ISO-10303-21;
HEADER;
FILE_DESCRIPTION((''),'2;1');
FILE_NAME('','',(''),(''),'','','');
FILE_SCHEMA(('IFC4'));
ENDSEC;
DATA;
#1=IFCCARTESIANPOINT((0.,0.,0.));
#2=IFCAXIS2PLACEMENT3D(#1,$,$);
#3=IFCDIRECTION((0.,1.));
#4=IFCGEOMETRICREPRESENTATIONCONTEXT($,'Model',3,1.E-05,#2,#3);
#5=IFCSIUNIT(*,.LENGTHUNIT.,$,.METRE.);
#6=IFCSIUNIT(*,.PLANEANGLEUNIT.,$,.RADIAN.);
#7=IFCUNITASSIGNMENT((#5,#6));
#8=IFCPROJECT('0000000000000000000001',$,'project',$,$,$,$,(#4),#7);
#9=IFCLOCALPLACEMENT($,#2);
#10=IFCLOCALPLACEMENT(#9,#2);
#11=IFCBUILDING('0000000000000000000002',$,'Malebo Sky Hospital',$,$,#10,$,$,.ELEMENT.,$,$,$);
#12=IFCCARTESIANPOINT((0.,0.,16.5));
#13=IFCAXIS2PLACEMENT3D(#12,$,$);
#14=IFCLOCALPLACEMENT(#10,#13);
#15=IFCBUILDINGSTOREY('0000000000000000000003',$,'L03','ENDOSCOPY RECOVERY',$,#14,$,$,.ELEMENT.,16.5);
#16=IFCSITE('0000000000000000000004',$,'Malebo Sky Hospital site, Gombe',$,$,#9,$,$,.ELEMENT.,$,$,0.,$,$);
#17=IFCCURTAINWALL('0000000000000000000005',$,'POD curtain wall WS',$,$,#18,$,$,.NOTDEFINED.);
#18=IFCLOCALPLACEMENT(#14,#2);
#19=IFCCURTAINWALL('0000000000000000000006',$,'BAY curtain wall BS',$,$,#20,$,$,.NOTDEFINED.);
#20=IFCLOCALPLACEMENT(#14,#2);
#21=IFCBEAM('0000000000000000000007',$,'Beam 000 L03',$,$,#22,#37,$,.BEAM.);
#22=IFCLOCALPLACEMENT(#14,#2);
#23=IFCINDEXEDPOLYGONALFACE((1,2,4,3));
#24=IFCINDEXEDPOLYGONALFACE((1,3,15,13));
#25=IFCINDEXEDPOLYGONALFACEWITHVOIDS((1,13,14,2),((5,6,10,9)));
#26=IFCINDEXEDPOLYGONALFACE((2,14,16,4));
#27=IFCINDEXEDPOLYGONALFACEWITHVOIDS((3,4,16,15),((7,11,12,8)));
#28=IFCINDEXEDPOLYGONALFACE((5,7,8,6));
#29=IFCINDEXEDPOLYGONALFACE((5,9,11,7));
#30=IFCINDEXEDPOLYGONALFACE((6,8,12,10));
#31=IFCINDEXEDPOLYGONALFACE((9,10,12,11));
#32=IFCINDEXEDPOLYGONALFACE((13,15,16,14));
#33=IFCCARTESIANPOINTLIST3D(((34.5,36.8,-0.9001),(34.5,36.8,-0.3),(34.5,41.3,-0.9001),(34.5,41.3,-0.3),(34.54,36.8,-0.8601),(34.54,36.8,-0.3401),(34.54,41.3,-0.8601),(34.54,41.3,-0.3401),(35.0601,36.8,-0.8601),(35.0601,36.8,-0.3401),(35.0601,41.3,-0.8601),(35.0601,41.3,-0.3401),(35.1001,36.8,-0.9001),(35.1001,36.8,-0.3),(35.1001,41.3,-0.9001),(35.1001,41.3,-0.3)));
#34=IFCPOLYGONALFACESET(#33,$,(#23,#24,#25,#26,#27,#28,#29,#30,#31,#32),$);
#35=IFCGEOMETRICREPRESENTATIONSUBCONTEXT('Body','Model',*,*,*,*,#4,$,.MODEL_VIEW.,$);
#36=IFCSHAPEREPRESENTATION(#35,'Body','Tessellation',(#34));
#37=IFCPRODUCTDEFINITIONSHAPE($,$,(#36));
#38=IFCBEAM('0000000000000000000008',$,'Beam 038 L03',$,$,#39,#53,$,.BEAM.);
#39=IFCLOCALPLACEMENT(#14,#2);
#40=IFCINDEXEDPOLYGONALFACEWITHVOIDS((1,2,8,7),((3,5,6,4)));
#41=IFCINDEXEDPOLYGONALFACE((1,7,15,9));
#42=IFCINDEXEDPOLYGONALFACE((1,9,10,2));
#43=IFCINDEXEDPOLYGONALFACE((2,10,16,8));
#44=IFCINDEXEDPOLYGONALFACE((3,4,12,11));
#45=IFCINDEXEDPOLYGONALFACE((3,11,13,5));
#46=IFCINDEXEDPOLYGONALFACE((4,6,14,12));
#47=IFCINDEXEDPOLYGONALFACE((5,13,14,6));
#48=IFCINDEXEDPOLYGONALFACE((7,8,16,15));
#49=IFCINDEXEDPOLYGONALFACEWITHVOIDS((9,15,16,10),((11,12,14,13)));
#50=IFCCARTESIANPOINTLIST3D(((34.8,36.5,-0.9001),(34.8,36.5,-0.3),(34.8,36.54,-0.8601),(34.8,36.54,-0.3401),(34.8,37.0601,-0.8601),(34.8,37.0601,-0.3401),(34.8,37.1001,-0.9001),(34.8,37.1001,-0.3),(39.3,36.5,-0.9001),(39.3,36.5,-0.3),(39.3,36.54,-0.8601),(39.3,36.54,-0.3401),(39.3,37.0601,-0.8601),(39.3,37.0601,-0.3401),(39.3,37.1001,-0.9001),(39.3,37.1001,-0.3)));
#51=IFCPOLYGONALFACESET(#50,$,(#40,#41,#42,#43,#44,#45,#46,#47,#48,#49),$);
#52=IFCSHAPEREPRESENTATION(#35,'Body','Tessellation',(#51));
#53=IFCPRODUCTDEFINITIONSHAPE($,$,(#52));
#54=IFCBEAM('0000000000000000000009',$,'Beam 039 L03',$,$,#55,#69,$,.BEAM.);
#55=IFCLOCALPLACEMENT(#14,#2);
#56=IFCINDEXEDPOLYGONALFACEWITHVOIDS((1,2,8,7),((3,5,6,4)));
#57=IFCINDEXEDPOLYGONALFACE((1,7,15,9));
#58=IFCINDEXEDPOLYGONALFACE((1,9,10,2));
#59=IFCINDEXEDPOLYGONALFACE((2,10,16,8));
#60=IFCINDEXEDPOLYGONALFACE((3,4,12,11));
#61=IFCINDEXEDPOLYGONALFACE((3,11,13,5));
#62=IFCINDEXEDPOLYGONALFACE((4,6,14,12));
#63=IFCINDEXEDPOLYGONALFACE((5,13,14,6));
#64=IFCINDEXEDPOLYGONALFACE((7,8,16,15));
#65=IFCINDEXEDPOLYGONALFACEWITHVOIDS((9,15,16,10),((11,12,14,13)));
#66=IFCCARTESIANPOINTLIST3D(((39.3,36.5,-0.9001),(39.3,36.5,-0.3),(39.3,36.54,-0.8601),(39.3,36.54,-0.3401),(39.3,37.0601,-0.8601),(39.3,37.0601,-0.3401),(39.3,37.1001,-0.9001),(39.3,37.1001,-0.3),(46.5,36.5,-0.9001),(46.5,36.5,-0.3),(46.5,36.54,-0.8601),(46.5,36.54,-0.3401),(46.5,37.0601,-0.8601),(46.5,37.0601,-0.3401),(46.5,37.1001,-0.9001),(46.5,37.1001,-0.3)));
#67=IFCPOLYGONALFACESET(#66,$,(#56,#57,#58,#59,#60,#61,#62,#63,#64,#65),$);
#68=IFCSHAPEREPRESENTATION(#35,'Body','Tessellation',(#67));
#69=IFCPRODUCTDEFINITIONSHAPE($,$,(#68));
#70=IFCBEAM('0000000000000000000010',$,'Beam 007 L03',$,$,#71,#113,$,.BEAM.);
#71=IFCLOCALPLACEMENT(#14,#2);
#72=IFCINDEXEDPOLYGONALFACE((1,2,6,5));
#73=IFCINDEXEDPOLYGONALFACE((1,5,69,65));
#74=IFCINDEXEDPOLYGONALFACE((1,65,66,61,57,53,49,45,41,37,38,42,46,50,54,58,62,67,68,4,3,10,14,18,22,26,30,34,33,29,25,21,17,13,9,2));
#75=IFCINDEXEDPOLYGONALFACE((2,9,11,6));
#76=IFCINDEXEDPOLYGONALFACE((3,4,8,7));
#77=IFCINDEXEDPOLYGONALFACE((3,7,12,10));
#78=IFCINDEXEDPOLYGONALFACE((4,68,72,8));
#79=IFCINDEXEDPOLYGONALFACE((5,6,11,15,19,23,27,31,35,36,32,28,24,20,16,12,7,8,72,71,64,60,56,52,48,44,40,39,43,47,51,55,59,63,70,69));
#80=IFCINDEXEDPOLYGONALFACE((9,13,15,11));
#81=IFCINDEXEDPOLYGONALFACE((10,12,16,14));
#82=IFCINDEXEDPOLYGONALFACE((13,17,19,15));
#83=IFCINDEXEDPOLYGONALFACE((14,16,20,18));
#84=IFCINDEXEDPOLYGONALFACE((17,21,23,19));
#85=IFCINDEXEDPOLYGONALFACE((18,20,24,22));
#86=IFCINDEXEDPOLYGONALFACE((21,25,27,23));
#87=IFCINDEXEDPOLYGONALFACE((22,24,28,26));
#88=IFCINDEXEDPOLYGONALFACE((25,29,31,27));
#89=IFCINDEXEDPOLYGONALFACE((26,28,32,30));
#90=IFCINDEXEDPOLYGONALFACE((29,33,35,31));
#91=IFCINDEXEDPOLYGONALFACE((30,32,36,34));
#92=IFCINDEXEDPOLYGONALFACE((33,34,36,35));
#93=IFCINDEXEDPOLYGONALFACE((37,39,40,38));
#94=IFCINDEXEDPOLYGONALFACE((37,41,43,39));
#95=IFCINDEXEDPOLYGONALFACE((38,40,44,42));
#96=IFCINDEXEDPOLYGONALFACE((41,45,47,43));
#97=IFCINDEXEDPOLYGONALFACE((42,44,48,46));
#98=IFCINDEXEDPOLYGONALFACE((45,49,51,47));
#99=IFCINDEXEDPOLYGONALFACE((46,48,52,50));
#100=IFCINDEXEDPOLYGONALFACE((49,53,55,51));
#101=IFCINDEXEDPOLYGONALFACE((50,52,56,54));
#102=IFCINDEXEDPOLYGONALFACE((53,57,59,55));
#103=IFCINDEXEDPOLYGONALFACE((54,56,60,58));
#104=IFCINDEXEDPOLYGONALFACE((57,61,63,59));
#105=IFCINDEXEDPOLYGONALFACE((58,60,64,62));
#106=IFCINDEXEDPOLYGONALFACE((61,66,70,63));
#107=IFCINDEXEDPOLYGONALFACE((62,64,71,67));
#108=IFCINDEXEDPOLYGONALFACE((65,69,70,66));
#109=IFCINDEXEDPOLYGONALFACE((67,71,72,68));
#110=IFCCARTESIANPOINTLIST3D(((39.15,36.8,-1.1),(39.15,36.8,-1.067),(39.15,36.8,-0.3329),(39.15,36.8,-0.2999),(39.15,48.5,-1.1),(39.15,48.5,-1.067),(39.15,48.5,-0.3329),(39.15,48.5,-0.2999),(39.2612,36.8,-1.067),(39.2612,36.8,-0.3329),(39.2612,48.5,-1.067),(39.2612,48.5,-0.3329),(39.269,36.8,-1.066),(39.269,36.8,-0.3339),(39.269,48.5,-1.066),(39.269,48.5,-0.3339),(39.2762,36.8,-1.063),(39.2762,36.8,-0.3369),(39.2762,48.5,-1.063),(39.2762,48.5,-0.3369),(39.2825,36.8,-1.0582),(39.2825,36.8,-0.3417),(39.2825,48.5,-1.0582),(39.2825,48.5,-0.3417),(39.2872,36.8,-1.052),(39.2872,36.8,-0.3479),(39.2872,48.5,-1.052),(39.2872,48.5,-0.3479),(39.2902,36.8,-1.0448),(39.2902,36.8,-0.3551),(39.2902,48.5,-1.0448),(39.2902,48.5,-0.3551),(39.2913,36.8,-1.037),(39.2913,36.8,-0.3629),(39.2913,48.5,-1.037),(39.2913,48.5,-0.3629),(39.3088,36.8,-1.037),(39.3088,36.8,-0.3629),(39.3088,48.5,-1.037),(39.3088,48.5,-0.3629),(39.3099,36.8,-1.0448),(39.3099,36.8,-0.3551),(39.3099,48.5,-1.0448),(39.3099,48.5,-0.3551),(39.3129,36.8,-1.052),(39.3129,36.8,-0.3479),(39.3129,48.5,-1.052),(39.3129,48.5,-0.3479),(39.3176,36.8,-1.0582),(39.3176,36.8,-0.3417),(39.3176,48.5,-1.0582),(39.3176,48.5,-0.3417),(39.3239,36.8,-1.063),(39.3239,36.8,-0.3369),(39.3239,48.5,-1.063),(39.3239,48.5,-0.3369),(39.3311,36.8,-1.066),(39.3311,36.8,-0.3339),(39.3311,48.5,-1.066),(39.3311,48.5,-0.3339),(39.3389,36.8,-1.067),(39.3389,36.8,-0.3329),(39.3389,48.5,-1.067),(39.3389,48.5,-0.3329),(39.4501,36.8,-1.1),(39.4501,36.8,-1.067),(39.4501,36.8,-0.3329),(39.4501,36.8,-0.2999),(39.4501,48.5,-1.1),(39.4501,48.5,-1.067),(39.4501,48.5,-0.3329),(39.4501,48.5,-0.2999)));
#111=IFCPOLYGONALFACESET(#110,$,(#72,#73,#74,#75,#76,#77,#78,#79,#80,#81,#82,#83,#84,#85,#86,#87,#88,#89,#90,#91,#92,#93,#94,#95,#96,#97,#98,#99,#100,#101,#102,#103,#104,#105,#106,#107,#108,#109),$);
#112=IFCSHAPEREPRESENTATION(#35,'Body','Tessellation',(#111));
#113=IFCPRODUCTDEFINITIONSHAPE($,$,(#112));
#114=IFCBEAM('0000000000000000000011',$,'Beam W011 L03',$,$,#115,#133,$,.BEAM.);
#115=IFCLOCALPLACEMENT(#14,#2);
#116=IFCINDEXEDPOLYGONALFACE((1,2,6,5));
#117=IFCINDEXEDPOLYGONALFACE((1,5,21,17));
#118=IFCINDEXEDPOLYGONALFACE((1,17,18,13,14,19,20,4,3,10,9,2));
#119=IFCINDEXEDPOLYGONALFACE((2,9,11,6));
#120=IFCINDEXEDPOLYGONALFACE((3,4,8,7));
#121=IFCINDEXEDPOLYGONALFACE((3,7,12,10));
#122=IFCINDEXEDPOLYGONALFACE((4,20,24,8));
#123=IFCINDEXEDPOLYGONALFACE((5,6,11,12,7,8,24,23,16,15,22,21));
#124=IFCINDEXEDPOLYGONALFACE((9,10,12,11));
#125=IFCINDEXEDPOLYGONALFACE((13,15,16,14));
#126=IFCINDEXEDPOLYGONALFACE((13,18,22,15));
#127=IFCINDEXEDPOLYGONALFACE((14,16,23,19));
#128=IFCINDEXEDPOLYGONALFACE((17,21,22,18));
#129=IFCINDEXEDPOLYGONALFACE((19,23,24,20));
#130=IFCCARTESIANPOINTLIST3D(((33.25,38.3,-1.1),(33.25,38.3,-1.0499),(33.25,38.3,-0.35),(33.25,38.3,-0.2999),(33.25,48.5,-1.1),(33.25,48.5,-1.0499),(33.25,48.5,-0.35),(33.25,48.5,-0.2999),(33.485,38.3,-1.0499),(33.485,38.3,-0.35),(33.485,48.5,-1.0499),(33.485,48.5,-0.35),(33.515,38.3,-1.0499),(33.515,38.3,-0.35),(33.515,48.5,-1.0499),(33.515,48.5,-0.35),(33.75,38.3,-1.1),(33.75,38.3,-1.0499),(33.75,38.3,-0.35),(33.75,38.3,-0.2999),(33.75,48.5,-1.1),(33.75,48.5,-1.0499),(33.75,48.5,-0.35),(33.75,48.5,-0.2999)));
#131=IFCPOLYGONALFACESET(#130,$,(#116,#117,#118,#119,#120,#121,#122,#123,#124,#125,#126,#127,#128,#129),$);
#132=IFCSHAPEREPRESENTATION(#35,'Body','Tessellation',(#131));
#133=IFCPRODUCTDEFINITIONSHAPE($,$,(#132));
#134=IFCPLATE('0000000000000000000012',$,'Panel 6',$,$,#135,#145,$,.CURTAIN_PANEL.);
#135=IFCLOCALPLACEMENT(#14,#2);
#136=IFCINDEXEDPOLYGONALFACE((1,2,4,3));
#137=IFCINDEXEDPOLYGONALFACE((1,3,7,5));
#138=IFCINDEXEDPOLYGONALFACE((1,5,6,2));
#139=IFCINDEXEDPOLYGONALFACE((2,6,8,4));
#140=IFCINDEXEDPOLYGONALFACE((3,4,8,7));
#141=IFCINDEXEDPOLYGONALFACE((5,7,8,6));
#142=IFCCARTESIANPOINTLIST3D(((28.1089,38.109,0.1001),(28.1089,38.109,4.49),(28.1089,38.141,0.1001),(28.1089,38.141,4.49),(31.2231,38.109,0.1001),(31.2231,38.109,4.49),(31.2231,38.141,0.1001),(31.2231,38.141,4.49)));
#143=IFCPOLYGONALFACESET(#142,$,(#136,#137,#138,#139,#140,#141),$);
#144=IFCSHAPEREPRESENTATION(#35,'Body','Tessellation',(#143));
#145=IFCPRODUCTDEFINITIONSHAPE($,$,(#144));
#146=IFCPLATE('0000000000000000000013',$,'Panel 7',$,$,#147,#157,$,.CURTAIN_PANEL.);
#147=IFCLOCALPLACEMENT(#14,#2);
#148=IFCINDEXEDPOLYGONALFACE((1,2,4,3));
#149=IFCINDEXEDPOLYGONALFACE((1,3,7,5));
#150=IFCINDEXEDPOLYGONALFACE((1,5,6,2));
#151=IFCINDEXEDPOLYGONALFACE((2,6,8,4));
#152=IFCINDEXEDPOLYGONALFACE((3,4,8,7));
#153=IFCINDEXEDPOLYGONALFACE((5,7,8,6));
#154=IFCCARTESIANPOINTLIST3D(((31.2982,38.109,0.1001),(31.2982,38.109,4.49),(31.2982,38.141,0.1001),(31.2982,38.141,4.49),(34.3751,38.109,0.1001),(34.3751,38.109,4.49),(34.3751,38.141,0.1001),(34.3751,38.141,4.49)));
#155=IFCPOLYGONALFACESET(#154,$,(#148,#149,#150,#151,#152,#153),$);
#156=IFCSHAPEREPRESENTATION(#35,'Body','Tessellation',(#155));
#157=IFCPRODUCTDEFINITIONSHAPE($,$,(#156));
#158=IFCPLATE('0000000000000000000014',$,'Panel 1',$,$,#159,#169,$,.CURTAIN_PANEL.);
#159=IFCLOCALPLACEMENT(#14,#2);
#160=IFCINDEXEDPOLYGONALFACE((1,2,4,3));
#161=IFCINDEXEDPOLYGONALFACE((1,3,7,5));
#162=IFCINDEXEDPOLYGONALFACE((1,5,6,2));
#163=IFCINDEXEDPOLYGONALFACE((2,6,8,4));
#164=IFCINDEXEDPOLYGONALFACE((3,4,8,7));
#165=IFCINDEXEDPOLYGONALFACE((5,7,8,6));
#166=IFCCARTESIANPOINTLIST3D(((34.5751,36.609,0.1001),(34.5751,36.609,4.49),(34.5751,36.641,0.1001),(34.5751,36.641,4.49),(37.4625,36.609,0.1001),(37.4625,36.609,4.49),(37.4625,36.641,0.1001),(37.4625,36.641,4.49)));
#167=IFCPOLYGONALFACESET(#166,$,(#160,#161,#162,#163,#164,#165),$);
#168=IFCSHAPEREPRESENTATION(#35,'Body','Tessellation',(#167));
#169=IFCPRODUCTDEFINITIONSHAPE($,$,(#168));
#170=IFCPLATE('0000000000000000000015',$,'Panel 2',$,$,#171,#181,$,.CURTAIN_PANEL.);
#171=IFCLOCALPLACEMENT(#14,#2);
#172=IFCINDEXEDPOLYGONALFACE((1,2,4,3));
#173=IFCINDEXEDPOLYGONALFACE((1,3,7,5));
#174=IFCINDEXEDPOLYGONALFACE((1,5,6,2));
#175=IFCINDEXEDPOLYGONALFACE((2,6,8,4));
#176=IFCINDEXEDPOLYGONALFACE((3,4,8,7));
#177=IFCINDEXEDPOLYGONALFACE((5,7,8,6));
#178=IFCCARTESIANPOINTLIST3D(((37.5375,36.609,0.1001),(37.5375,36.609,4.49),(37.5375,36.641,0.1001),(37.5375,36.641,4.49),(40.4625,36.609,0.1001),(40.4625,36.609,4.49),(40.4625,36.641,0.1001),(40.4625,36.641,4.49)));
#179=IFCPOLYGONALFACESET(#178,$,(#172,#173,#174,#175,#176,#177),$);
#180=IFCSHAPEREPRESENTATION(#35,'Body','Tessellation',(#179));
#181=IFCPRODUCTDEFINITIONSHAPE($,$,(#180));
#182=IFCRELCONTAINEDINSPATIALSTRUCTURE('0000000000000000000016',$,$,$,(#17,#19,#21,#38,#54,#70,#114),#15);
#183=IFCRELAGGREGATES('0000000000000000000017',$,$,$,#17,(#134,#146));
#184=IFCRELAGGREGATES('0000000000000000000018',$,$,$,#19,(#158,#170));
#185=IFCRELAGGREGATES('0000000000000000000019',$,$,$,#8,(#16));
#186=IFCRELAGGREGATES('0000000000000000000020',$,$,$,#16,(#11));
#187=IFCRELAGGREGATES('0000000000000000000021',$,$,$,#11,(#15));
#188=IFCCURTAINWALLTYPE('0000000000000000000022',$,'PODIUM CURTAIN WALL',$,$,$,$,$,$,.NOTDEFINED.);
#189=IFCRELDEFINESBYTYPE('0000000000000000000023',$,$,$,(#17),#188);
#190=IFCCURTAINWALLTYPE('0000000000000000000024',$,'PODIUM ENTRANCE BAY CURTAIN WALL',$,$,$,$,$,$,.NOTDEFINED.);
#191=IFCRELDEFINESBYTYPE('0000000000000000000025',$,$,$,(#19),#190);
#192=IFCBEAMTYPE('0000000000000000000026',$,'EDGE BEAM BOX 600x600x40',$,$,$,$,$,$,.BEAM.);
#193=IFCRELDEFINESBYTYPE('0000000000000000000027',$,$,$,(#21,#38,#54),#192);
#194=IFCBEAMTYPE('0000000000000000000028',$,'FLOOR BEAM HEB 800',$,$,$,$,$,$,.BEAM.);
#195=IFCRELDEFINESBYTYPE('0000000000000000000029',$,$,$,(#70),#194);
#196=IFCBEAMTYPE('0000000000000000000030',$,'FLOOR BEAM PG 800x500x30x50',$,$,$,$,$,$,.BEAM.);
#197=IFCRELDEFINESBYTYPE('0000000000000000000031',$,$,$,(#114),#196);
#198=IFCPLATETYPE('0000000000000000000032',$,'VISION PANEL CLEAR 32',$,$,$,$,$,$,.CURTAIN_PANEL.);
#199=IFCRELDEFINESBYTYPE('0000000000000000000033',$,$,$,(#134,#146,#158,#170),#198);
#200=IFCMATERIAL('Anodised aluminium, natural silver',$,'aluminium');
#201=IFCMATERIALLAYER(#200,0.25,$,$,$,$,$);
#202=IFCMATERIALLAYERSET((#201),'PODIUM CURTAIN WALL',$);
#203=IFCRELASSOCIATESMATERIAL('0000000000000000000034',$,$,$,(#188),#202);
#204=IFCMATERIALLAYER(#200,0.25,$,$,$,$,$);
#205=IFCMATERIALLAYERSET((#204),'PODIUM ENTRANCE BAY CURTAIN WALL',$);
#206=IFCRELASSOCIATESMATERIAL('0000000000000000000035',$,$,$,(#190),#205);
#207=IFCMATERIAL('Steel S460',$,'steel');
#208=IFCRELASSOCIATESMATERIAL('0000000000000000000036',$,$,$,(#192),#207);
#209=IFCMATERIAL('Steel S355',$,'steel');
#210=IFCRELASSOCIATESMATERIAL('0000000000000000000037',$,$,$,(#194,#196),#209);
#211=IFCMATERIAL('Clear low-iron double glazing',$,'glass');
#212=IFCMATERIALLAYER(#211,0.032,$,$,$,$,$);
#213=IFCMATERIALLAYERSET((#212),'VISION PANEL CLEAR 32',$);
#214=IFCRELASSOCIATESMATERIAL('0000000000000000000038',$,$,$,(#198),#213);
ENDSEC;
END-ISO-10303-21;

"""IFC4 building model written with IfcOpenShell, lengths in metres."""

from ifc_helpers import new_model, si_unit, direction, frame, origin, origin_2d, place, context, subcontext, project, spatial, rectangle, hollow_rectangle, i_section, extrude, material, layer, layer_set, material_profile, profile_set, type_object, element, aggregate, save


model = new_model("IFC4")

# Units and contexts
model_context = context("Model", 3, precision=1e-05, world=origin(), true_north=direction((0.0, 1.0)))
body_context = subcontext(model_context, "Body", "Model", "MODEL_VIEW")
ifc_project = project(units=[si_unit("LENGTHUNIT", "METRE"), si_unit("PLANEANGLEUNIT", "RADIAN")], contexts=[model_context])

# Site, building, storey
site_placement = place(None, origin())
site = spatial("IfcSite", under=ifc_project, at=site_placement, Name="Malebo Sky Hospital site, Gombe", CompositionType="ELEMENT", RefElevation=0.0)
building_placement = place(site_placement, origin())
building = spatial("IfcBuilding", under=site, at=building_placement, Name="Malebo Sky Hospital", CompositionType="ELEMENT")
storey_placement = place(building_placement, frame((0.0, 0.0, 16.5)))
storey = spatial("IfcBuildingStorey", under=building, at=storey_placement, Name="L03", Description="ENDOSCOPY RECOVERY", CompositionType="ELEMENT", Elevation=16.5)

# Shared definitions
ifc_material_1 = material(Name="Steel S460", Category="steel")

# Curtain wall
ifc_material_2 = material(Name="Anodised aluminium, natural silver", Category="aluminium")
ifc_layer_1 = layer(ifc_material_2, 0.25)
ifc_layer_set_1 = layer_set([ifc_layer_1], Name="PODIUM CURTAIN WALL")
curtain_wall_type_1 = type_object("IfcCurtainWallType", Name="PODIUM CURTAIN WALL", PredefinedType="NOTDEFINED", material=ifc_layer_set_1)
curtain_wall_1_placement = place(storey_placement, origin())
curtain_wall_1 = element("IfcCurtainWall", 1, at=curtain_wall_1_placement, inside=storey, type_object=curtain_wall_type_1, Name="POD curtain wall WS", PredefinedType="NOTDEFINED")

# Curtain wall
ifc_layer_2 = layer(ifc_material_2, 0.25)
ifc_layer_set_2 = layer_set([ifc_layer_2], Name="PODIUM ENTRANCE BAY CURTAIN WALL")
curtain_wall_type_2 = type_object("IfcCurtainWallType", Name="PODIUM ENTRANCE BAY CURTAIN WALL", PredefinedType="NOTDEFINED", material=ifc_layer_set_2)
curtain_wall_2_placement = place(storey_placement, origin())
curtain_wall_2 = element("IfcCurtainWall", 2, at=curtain_wall_2_placement, inside=storey, type_object=curtain_wall_type_2, Name="BAY curtain wall BS", PredefinedType="NOTDEFINED")

# Beams
ifc_material_profile_1 = material_profile(ifc_material_1, hollow_rectangle(XDim=0.6001, YDim=0.6001, WallThickness=0.04, at=origin_2d()), Name="BOX 600x600x40")
ifc_profile_set_1 = profile_set([ifc_material_profile_1], Name="Steel S460")
beam_type_1 = type_object("IfcBeamType", Name="EDGE BEAM BOX 600x600x40", PredefinedType="BEAM", material=ifc_profile_set_1)
for number, where, z_axis, x_axis, name in (
    (3, (34.8, 36.8, -0.6001), (0.0, 1.0, 0.0), (-1.0, 0.0, 0.0), "Beam 000 L03"),
    (4, (34.8, 36.8, -0.6001), (1.0, 0.0, 0.0), (0.0, 1.0, 0.0), "Beam 038 L03"),
):
    element("IfcBeam", number, at=place(storey_placement, frame(where, z_axis=z_axis, x_axis=x_axis)), inside=storey, type_object=beam_type_1, Name=name, PredefinedType="BEAM", context=body_context, shape_type="SweptSolid", body=[
        extrude(hollow_rectangle(XDim=0.6001, YDim=0.6001, WallThickness=0.04, at=origin_2d()), origin(), (0.0, 0.0, 1.0), 4.5),
    ])
beam_1_placement = place(storey_placement, frame((39.3, 36.8, -0.6001), z_axis=(1.0, 0.0, 0.0), x_axis=(0.0, 1.0, 0.0)))
element("IfcBeam", 5, at=beam_1_placement, inside=storey, type_object=beam_type_1, Name="Beam 039 L03", PredefinedType="BEAM", context=body_context, shape_type="SweptSolid", body=[
    extrude(hollow_rectangle(XDim=0.6001, YDim=0.6001, WallThickness=0.04, at=origin_2d()), origin(), (0.0, 0.0, 1.0), 7.2),
])
ifc_material_3 = material(Name="Steel S355", Category="steel")
ifc_material_profile_2 = material_profile(ifc_material_3, i_section(OverallWidth=0.3, OverallDepth=0.8, WebThickness=0.0176, FlangeThickness=0.033, FilletRadius=0.03, at=origin_2d()), Name="HEB 800")
ifc_profile_set_2 = profile_set([ifc_material_profile_2], Name="Steel S355")
beam_type_2 = type_object("IfcBeamType", Name="FLOOR BEAM HEB 800", PredefinedType="BEAM", material=ifc_profile_set_2)
beam_2_placement = place(storey_placement, frame((39.3, 36.8, -0.7), z_axis=(0.0, 1.0, 0.0), x_axis=(-1.0, 0.0, 0.0)))
element("IfcBeam", 6, at=beam_2_placement, inside=storey, type_object=beam_type_2, Name="Beam 007 L03", PredefinedType="BEAM", context=body_context, shape_type="SweptSolid", body=[
    extrude(i_section(OverallWidth=0.3, OverallDepth=0.8, WebThickness=0.0176, FlangeThickness=0.033, FilletRadius=0.03, at=origin_2d()), origin(), (0.0, 0.0, 1.0), 11.7),
])
ifc_material_profile_3 = material_profile(ifc_material_3, i_section(OverallWidth=0.5, OverallDepth=0.8, WebThickness=0.03, FlangeThickness=0.05, at=origin_2d()), Name="PG 800x500x30x50")
ifc_profile_set_3 = profile_set([ifc_material_profile_3], Name="Steel S355")
beam_type_3 = type_object("IfcBeamType", Name="FLOOR BEAM PG 800x500x30x50", PredefinedType="BEAM", material=ifc_profile_set_3)
beam_3_placement = place(storey_placement, frame((33.5, 38.3, -0.7), z_axis=(0.0, 1.0, 0.0), x_axis=(-1.0, 0.0, 0.0)))
element("IfcBeam", 7, at=beam_3_placement, inside=storey, type_object=beam_type_3, Name="Beam W011 L03", PredefinedType="BEAM", context=body_context, shape_type="SweptSolid", body=[
    extrude(i_section(OverallWidth=0.5, OverallDepth=0.8, WebThickness=0.03, FlangeThickness=0.05, at=origin_2d()), origin(), (0.0, 0.0, 1.0), 10.2),
])

# Plates
ifc_material_4 = material(Name="Clear low-iron double glazing", Category="glass")
ifc_layer_3 = layer(ifc_material_4, 0.032)
ifc_layer_set_3 = layer_set([ifc_layer_3], Name="VISION PANEL CLEAR 32")
plate_type = type_object("IfcPlateType", Name="VISION PANEL CLEAR 32", PredefinedType="CURTAIN_PANEL", material=ifc_layer_set_3)
plate_1_placement = place(storey_placement, frame((29.666, 38.125, 0.1001), z_axis=(0.0, 0.0, 1.0), x_axis=(1.0, 0.0, 0.0)))
plate_1 = element("IfcPlate", 8, at=plate_1_placement, type_object=plate_type, Name="Panel 6", PredefinedType="CURTAIN_PANEL", context=body_context, shape_type="SweptSolid", body=[
    extrude(rectangle(XDim=3.1143, YDim=0.032, at=origin_2d()), origin(), (0.0, 0.0, 1.0), 4.3899),
])
plate_2_placement = place(storey_placement, frame((32.8367, 38.125, 0.1001), z_axis=(0.0, 0.0, 1.0), x_axis=(1.0, 0.0, 0.0)))
plate_2 = element("IfcPlate", 9, at=plate_2_placement, type_object=plate_type, Name="Panel 7", PredefinedType="CURTAIN_PANEL", context=body_context, shape_type="SweptSolid", body=[
    extrude(rectangle(XDim=3.0769, YDim=0.032, at=origin_2d()), origin(), (0.0, 0.0, 1.0), 4.3899),
])
aggregate(curtain_wall_1, [plate_1, plate_2])
plate_3_placement = place(storey_placement, frame((36.0188, 36.625, 0.1001), z_axis=(0.0, 0.0, 1.0), x_axis=(1.0, 0.0, 0.0)))
plate_3 = element("IfcPlate", 10, at=plate_3_placement, type_object=plate_type, Name="Panel 1", PredefinedType="CURTAIN_PANEL", context=body_context, shape_type="SweptSolid", body=[
    extrude(rectangle(XDim=2.8875, YDim=0.032, at=origin_2d()), origin(), (0.0, 0.0, 1.0), 4.3899),
])
plate_4_placement = place(storey_placement, frame((39.0, 36.625, 0.1001), z_axis=(0.0, 0.0, 1.0), x_axis=(1.0, 0.0, 0.0)))
plate_4 = element("IfcPlate", 11, at=plate_4_placement, type_object=plate_type, Name="Panel 2", PredefinedType="CURTAIN_PANEL", context=body_context, shape_type="SweptSolid", body=[
    extrude(rectangle(XDim=2.925, YDim=0.032, at=origin_2d()), origin(), (0.0, 0.0, 1.0), 4.3899),
])
aggregate(curtain_wall_2, [plate_3, plate_4])

save(model, "model.ifc")
